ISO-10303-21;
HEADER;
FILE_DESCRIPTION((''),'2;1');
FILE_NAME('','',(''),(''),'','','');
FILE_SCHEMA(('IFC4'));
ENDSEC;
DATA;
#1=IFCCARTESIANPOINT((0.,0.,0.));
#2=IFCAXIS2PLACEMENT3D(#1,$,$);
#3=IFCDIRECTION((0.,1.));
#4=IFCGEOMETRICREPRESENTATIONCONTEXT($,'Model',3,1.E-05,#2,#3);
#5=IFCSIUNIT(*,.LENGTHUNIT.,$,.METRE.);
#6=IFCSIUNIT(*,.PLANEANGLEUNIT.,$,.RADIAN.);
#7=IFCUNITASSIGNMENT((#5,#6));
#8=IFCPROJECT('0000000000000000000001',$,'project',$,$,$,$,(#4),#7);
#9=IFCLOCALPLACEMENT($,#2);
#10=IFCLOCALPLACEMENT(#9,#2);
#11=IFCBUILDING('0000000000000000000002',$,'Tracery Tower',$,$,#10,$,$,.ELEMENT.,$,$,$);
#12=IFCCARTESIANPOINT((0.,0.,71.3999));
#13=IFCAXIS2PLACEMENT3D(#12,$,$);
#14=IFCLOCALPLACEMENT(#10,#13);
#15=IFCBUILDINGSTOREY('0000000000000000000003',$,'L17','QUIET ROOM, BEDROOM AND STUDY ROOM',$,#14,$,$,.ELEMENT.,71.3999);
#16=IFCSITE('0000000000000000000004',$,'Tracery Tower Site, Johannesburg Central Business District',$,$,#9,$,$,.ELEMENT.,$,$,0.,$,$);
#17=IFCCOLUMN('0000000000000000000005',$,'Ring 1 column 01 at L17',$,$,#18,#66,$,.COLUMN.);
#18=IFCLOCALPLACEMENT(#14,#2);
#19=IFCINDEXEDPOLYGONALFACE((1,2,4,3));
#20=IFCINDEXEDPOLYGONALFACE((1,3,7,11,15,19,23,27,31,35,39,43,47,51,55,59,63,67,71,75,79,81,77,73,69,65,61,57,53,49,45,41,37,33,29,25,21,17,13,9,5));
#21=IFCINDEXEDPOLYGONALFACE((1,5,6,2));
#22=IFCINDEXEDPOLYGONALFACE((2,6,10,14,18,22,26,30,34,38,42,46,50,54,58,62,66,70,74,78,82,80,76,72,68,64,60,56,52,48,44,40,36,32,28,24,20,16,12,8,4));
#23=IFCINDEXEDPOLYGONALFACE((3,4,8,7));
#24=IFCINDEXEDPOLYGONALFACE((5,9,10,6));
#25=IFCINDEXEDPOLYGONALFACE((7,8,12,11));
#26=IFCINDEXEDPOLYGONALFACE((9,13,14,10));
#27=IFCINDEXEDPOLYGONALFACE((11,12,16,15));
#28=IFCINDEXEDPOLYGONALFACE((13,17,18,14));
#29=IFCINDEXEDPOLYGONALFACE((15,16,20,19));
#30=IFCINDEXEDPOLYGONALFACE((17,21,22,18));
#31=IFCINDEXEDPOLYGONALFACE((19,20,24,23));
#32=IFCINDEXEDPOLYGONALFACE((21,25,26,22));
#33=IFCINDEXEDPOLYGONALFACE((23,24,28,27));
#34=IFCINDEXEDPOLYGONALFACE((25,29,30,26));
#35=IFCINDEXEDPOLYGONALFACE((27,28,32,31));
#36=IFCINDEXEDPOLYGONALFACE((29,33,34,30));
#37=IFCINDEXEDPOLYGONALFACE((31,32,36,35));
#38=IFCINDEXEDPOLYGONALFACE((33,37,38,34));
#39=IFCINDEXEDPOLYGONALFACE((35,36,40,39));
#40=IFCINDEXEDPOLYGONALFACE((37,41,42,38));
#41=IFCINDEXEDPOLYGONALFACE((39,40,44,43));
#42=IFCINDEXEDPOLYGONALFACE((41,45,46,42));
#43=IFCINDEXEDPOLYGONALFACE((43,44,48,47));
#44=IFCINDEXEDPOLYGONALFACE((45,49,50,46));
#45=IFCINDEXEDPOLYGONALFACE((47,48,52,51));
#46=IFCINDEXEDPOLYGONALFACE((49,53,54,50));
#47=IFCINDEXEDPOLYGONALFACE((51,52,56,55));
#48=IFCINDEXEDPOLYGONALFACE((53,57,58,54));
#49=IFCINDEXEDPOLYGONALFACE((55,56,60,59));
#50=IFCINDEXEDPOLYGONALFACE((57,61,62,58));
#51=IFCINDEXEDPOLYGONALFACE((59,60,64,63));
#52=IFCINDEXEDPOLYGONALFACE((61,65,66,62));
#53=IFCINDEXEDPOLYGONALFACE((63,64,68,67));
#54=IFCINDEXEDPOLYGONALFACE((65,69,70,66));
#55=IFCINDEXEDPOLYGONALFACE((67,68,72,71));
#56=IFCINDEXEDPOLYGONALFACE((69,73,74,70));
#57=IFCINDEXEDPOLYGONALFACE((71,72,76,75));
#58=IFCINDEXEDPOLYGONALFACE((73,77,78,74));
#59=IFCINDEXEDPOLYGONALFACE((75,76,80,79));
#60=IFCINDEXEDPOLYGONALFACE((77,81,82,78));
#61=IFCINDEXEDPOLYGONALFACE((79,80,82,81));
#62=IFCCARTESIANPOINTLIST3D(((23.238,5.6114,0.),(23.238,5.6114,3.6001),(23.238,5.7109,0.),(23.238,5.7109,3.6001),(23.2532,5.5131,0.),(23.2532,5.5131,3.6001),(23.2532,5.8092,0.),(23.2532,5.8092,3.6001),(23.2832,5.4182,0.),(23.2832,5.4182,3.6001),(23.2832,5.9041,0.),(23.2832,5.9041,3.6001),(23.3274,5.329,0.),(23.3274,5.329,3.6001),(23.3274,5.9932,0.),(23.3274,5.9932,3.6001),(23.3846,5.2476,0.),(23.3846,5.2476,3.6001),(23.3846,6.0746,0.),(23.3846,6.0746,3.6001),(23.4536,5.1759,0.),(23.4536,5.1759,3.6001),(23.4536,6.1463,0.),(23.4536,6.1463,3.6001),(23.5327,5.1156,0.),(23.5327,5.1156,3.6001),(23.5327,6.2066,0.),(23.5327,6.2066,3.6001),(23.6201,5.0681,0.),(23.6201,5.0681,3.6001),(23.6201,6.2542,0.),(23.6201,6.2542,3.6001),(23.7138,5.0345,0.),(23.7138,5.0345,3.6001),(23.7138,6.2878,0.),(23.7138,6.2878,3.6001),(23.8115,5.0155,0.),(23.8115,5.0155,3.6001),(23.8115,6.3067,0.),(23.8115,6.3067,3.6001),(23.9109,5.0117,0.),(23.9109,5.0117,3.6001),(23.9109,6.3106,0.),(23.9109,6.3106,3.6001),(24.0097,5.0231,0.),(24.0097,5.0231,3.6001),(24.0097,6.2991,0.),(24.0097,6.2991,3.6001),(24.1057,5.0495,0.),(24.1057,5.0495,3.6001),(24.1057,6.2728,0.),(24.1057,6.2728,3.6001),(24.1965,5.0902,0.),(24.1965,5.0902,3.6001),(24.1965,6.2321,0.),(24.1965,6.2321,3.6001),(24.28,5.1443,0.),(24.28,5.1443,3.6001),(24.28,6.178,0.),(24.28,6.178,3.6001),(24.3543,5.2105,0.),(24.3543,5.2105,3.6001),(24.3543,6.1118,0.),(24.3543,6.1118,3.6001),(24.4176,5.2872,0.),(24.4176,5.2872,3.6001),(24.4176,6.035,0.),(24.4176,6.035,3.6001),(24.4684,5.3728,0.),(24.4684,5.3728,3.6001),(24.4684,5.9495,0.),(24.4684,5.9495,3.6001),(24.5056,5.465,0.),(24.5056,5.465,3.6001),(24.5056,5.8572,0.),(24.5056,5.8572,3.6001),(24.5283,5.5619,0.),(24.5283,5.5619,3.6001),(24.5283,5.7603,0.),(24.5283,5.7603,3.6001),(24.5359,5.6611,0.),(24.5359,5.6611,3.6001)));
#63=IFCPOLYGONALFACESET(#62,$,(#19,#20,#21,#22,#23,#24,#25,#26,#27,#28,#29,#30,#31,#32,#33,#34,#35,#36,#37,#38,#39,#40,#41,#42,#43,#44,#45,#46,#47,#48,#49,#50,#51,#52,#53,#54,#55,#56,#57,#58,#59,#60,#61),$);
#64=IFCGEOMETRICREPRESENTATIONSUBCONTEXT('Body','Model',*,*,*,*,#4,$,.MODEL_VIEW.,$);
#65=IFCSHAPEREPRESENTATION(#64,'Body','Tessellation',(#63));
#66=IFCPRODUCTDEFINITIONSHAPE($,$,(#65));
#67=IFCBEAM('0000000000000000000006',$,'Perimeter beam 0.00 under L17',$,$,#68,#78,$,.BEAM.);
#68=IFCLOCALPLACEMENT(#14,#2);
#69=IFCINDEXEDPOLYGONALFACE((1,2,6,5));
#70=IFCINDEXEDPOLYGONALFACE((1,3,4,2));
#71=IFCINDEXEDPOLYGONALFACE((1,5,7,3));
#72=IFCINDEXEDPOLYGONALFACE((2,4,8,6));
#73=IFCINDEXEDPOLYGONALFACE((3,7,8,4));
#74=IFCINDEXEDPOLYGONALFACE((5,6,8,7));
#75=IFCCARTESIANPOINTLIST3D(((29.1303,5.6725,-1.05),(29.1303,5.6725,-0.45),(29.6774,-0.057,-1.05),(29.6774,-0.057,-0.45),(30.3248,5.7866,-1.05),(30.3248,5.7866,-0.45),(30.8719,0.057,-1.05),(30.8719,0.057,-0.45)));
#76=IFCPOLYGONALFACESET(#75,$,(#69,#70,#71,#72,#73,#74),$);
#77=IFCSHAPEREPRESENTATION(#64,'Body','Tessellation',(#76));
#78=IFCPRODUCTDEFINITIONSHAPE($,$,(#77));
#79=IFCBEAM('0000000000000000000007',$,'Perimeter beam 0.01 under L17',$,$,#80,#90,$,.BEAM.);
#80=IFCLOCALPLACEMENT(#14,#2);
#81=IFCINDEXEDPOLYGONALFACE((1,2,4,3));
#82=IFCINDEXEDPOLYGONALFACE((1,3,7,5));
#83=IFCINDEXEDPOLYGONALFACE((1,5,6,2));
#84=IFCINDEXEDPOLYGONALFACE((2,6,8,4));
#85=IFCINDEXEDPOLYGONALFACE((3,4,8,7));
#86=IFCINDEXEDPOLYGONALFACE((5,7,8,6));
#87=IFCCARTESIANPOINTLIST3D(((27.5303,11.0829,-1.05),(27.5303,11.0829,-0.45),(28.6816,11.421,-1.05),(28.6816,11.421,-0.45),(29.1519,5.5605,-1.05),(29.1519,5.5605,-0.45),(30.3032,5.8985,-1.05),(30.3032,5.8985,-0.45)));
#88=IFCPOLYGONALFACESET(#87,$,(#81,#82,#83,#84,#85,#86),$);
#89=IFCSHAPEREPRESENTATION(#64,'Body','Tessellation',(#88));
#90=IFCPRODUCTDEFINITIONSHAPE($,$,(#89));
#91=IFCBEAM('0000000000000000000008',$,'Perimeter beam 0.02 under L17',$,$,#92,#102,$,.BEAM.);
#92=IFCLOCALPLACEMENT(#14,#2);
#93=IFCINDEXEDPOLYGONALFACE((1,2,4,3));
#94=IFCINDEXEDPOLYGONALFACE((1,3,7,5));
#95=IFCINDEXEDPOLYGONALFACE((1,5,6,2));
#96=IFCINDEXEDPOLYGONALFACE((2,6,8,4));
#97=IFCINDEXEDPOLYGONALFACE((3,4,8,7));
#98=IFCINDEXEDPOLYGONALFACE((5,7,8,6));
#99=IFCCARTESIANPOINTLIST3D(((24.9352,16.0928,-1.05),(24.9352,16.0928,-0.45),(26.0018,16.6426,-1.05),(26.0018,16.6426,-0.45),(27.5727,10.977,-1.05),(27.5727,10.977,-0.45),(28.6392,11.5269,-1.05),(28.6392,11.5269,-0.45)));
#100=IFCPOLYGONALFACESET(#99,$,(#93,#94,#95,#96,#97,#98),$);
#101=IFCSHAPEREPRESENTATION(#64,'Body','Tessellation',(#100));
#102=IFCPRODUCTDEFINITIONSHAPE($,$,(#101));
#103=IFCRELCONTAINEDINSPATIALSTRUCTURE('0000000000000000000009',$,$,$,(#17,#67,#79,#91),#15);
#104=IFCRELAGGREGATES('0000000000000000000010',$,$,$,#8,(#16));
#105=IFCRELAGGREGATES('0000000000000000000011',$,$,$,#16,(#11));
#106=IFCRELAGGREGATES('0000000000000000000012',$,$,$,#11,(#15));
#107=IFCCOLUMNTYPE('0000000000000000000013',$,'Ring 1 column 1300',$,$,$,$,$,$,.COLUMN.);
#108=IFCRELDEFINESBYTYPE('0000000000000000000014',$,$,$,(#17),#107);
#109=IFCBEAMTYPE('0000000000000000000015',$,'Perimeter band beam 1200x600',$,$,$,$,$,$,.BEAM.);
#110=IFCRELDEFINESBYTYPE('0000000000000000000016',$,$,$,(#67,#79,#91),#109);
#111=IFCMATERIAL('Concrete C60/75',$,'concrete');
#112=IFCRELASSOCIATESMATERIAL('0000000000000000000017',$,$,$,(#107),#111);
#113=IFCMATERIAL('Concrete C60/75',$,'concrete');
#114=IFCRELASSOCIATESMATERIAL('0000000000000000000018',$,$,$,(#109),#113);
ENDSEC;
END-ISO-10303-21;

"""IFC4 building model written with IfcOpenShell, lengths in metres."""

from ifc_helpers import new_model, si_unit, direction, frame, origin, origin_2d, place, context, subcontext, project, spatial, rectangle, circle, extrude, material, material_profile, profile_set, type_object, element, save


model = new_model("IFC4")

# Units and contexts
model_context = context("Model", 3, precision=1e-05, world=origin(), true_north=direction((0.0, 1.0)))
body_context = subcontext(model_context, "Body", "Model", "MODEL_VIEW")
ifc_project = project(units=[si_unit("LENGTHUNIT", "METRE"), si_unit("PLANEANGLEUNIT", "RADIAN")], contexts=[model_context])

# Site, building, storey
site_placement = place(None, origin())
site = spatial("IfcSite", under=ifc_project, at=site_placement, Name="Tracery Tower Site, Johannesburg Central Business District", CompositionType="ELEMENT", RefElevation=0.0)
building_placement = place(site_placement, origin())
building = spatial("IfcBuilding", under=site, at=building_placement, Name="Tracery Tower", CompositionType="ELEMENT")
storey_placement = place(building_placement, frame((0.0, 0.0, 71.3999)))
storey = spatial("IfcBuildingStorey", under=building, at=storey_placement, Name="L17", Description="QUIET ROOM, BEDROOM AND STUDY ROOM", CompositionType="ELEMENT", Elevation=71.3999)

# Column
ifc_material_1 = material(Name="Concrete C60/75", Category="concrete")
ifc_material_profile_1 = material_profile(ifc_material_1, circle(Radius=0.6499, at=origin_2d()), Name="RC D1300")
ifc_profile_set_1 = profile_set([ifc_material_profile_1], Name="Concrete C60/75")
column_type_1 = type_object("IfcColumnType", Name="Ring 1 column 1300", PredefinedType="COLUMN", material=ifc_profile_set_1)
for number, where, z_axis, x_axis, name in (
    (1, (23.886, 5.6611, 0.0), (0.0, 0.0, 1.0), (1.0, 0.0, 0.0), "Ring 1 column 01 at L17"),
):
    element("IfcColumn", number, at=place(storey_placement, frame(where, z_axis=z_axis, x_axis=x_axis)), inside=storey, type_object=column_type_1, Name=name, PredefinedType="COLUMN", context=body_context, shape_type="SweptSolid", body=[
        extrude(circle(Radius=0.6499, at=origin_2d()), origin(), (0.0, 0.0, 1.0), 3.6001),
    ])

# Beams
ifc_material_2 = material(Name="Concrete C60/75", Category="concrete")
ifc_material_profile_2 = material_profile(ifc_material_2, rectangle(XDim=1.2, YDim=0.6001, at=origin_2d()), Name="RC 1200x600")
ifc_profile_set_2 = profile_set([ifc_material_profile_2], Name="Concrete C60/75")
beam_type = type_object("IfcBeamType", Name="Perimeter band beam 1200x600", PredefinedType="BEAM", material=ifc_profile_set_2)
for number, where, z_axis, x_axis, name in (
    (2, (30.2747, 0.0, -0.75), (-0.095059, 0.995472, 0.0), (-0.995472, -0.095059, 0.0), "Perimeter beam 0.00 under L17"),
    (3, (29.7275, 5.7295, -0.75), (-0.281739, 0.959491, 0.0), (-0.959491, -0.281739, 0.0), "Perimeter beam 0.01 under L17"),
    (4, (28.106, 11.252, -0.75), (-0.458242, 0.888827, 0.0), (-0.888827, -0.458242, 0.0), "Perimeter beam 0.02 under L17"),
):
    element("IfcBeam", number, at=place(storey_placement, frame(where, z_axis=z_axis, x_axis=x_axis)), inside=storey, type_object=beam_type, Name=name, PredefinedType="BEAM", context=body_context, shape_type="SweptSolid", body=[
        extrude(rectangle(XDim=1.2, YDim=0.6001, at=origin_2d()), origin(), (0.0, 0.0, 1.0), 5.7556),
    ])

save(model, "model.ifc")
